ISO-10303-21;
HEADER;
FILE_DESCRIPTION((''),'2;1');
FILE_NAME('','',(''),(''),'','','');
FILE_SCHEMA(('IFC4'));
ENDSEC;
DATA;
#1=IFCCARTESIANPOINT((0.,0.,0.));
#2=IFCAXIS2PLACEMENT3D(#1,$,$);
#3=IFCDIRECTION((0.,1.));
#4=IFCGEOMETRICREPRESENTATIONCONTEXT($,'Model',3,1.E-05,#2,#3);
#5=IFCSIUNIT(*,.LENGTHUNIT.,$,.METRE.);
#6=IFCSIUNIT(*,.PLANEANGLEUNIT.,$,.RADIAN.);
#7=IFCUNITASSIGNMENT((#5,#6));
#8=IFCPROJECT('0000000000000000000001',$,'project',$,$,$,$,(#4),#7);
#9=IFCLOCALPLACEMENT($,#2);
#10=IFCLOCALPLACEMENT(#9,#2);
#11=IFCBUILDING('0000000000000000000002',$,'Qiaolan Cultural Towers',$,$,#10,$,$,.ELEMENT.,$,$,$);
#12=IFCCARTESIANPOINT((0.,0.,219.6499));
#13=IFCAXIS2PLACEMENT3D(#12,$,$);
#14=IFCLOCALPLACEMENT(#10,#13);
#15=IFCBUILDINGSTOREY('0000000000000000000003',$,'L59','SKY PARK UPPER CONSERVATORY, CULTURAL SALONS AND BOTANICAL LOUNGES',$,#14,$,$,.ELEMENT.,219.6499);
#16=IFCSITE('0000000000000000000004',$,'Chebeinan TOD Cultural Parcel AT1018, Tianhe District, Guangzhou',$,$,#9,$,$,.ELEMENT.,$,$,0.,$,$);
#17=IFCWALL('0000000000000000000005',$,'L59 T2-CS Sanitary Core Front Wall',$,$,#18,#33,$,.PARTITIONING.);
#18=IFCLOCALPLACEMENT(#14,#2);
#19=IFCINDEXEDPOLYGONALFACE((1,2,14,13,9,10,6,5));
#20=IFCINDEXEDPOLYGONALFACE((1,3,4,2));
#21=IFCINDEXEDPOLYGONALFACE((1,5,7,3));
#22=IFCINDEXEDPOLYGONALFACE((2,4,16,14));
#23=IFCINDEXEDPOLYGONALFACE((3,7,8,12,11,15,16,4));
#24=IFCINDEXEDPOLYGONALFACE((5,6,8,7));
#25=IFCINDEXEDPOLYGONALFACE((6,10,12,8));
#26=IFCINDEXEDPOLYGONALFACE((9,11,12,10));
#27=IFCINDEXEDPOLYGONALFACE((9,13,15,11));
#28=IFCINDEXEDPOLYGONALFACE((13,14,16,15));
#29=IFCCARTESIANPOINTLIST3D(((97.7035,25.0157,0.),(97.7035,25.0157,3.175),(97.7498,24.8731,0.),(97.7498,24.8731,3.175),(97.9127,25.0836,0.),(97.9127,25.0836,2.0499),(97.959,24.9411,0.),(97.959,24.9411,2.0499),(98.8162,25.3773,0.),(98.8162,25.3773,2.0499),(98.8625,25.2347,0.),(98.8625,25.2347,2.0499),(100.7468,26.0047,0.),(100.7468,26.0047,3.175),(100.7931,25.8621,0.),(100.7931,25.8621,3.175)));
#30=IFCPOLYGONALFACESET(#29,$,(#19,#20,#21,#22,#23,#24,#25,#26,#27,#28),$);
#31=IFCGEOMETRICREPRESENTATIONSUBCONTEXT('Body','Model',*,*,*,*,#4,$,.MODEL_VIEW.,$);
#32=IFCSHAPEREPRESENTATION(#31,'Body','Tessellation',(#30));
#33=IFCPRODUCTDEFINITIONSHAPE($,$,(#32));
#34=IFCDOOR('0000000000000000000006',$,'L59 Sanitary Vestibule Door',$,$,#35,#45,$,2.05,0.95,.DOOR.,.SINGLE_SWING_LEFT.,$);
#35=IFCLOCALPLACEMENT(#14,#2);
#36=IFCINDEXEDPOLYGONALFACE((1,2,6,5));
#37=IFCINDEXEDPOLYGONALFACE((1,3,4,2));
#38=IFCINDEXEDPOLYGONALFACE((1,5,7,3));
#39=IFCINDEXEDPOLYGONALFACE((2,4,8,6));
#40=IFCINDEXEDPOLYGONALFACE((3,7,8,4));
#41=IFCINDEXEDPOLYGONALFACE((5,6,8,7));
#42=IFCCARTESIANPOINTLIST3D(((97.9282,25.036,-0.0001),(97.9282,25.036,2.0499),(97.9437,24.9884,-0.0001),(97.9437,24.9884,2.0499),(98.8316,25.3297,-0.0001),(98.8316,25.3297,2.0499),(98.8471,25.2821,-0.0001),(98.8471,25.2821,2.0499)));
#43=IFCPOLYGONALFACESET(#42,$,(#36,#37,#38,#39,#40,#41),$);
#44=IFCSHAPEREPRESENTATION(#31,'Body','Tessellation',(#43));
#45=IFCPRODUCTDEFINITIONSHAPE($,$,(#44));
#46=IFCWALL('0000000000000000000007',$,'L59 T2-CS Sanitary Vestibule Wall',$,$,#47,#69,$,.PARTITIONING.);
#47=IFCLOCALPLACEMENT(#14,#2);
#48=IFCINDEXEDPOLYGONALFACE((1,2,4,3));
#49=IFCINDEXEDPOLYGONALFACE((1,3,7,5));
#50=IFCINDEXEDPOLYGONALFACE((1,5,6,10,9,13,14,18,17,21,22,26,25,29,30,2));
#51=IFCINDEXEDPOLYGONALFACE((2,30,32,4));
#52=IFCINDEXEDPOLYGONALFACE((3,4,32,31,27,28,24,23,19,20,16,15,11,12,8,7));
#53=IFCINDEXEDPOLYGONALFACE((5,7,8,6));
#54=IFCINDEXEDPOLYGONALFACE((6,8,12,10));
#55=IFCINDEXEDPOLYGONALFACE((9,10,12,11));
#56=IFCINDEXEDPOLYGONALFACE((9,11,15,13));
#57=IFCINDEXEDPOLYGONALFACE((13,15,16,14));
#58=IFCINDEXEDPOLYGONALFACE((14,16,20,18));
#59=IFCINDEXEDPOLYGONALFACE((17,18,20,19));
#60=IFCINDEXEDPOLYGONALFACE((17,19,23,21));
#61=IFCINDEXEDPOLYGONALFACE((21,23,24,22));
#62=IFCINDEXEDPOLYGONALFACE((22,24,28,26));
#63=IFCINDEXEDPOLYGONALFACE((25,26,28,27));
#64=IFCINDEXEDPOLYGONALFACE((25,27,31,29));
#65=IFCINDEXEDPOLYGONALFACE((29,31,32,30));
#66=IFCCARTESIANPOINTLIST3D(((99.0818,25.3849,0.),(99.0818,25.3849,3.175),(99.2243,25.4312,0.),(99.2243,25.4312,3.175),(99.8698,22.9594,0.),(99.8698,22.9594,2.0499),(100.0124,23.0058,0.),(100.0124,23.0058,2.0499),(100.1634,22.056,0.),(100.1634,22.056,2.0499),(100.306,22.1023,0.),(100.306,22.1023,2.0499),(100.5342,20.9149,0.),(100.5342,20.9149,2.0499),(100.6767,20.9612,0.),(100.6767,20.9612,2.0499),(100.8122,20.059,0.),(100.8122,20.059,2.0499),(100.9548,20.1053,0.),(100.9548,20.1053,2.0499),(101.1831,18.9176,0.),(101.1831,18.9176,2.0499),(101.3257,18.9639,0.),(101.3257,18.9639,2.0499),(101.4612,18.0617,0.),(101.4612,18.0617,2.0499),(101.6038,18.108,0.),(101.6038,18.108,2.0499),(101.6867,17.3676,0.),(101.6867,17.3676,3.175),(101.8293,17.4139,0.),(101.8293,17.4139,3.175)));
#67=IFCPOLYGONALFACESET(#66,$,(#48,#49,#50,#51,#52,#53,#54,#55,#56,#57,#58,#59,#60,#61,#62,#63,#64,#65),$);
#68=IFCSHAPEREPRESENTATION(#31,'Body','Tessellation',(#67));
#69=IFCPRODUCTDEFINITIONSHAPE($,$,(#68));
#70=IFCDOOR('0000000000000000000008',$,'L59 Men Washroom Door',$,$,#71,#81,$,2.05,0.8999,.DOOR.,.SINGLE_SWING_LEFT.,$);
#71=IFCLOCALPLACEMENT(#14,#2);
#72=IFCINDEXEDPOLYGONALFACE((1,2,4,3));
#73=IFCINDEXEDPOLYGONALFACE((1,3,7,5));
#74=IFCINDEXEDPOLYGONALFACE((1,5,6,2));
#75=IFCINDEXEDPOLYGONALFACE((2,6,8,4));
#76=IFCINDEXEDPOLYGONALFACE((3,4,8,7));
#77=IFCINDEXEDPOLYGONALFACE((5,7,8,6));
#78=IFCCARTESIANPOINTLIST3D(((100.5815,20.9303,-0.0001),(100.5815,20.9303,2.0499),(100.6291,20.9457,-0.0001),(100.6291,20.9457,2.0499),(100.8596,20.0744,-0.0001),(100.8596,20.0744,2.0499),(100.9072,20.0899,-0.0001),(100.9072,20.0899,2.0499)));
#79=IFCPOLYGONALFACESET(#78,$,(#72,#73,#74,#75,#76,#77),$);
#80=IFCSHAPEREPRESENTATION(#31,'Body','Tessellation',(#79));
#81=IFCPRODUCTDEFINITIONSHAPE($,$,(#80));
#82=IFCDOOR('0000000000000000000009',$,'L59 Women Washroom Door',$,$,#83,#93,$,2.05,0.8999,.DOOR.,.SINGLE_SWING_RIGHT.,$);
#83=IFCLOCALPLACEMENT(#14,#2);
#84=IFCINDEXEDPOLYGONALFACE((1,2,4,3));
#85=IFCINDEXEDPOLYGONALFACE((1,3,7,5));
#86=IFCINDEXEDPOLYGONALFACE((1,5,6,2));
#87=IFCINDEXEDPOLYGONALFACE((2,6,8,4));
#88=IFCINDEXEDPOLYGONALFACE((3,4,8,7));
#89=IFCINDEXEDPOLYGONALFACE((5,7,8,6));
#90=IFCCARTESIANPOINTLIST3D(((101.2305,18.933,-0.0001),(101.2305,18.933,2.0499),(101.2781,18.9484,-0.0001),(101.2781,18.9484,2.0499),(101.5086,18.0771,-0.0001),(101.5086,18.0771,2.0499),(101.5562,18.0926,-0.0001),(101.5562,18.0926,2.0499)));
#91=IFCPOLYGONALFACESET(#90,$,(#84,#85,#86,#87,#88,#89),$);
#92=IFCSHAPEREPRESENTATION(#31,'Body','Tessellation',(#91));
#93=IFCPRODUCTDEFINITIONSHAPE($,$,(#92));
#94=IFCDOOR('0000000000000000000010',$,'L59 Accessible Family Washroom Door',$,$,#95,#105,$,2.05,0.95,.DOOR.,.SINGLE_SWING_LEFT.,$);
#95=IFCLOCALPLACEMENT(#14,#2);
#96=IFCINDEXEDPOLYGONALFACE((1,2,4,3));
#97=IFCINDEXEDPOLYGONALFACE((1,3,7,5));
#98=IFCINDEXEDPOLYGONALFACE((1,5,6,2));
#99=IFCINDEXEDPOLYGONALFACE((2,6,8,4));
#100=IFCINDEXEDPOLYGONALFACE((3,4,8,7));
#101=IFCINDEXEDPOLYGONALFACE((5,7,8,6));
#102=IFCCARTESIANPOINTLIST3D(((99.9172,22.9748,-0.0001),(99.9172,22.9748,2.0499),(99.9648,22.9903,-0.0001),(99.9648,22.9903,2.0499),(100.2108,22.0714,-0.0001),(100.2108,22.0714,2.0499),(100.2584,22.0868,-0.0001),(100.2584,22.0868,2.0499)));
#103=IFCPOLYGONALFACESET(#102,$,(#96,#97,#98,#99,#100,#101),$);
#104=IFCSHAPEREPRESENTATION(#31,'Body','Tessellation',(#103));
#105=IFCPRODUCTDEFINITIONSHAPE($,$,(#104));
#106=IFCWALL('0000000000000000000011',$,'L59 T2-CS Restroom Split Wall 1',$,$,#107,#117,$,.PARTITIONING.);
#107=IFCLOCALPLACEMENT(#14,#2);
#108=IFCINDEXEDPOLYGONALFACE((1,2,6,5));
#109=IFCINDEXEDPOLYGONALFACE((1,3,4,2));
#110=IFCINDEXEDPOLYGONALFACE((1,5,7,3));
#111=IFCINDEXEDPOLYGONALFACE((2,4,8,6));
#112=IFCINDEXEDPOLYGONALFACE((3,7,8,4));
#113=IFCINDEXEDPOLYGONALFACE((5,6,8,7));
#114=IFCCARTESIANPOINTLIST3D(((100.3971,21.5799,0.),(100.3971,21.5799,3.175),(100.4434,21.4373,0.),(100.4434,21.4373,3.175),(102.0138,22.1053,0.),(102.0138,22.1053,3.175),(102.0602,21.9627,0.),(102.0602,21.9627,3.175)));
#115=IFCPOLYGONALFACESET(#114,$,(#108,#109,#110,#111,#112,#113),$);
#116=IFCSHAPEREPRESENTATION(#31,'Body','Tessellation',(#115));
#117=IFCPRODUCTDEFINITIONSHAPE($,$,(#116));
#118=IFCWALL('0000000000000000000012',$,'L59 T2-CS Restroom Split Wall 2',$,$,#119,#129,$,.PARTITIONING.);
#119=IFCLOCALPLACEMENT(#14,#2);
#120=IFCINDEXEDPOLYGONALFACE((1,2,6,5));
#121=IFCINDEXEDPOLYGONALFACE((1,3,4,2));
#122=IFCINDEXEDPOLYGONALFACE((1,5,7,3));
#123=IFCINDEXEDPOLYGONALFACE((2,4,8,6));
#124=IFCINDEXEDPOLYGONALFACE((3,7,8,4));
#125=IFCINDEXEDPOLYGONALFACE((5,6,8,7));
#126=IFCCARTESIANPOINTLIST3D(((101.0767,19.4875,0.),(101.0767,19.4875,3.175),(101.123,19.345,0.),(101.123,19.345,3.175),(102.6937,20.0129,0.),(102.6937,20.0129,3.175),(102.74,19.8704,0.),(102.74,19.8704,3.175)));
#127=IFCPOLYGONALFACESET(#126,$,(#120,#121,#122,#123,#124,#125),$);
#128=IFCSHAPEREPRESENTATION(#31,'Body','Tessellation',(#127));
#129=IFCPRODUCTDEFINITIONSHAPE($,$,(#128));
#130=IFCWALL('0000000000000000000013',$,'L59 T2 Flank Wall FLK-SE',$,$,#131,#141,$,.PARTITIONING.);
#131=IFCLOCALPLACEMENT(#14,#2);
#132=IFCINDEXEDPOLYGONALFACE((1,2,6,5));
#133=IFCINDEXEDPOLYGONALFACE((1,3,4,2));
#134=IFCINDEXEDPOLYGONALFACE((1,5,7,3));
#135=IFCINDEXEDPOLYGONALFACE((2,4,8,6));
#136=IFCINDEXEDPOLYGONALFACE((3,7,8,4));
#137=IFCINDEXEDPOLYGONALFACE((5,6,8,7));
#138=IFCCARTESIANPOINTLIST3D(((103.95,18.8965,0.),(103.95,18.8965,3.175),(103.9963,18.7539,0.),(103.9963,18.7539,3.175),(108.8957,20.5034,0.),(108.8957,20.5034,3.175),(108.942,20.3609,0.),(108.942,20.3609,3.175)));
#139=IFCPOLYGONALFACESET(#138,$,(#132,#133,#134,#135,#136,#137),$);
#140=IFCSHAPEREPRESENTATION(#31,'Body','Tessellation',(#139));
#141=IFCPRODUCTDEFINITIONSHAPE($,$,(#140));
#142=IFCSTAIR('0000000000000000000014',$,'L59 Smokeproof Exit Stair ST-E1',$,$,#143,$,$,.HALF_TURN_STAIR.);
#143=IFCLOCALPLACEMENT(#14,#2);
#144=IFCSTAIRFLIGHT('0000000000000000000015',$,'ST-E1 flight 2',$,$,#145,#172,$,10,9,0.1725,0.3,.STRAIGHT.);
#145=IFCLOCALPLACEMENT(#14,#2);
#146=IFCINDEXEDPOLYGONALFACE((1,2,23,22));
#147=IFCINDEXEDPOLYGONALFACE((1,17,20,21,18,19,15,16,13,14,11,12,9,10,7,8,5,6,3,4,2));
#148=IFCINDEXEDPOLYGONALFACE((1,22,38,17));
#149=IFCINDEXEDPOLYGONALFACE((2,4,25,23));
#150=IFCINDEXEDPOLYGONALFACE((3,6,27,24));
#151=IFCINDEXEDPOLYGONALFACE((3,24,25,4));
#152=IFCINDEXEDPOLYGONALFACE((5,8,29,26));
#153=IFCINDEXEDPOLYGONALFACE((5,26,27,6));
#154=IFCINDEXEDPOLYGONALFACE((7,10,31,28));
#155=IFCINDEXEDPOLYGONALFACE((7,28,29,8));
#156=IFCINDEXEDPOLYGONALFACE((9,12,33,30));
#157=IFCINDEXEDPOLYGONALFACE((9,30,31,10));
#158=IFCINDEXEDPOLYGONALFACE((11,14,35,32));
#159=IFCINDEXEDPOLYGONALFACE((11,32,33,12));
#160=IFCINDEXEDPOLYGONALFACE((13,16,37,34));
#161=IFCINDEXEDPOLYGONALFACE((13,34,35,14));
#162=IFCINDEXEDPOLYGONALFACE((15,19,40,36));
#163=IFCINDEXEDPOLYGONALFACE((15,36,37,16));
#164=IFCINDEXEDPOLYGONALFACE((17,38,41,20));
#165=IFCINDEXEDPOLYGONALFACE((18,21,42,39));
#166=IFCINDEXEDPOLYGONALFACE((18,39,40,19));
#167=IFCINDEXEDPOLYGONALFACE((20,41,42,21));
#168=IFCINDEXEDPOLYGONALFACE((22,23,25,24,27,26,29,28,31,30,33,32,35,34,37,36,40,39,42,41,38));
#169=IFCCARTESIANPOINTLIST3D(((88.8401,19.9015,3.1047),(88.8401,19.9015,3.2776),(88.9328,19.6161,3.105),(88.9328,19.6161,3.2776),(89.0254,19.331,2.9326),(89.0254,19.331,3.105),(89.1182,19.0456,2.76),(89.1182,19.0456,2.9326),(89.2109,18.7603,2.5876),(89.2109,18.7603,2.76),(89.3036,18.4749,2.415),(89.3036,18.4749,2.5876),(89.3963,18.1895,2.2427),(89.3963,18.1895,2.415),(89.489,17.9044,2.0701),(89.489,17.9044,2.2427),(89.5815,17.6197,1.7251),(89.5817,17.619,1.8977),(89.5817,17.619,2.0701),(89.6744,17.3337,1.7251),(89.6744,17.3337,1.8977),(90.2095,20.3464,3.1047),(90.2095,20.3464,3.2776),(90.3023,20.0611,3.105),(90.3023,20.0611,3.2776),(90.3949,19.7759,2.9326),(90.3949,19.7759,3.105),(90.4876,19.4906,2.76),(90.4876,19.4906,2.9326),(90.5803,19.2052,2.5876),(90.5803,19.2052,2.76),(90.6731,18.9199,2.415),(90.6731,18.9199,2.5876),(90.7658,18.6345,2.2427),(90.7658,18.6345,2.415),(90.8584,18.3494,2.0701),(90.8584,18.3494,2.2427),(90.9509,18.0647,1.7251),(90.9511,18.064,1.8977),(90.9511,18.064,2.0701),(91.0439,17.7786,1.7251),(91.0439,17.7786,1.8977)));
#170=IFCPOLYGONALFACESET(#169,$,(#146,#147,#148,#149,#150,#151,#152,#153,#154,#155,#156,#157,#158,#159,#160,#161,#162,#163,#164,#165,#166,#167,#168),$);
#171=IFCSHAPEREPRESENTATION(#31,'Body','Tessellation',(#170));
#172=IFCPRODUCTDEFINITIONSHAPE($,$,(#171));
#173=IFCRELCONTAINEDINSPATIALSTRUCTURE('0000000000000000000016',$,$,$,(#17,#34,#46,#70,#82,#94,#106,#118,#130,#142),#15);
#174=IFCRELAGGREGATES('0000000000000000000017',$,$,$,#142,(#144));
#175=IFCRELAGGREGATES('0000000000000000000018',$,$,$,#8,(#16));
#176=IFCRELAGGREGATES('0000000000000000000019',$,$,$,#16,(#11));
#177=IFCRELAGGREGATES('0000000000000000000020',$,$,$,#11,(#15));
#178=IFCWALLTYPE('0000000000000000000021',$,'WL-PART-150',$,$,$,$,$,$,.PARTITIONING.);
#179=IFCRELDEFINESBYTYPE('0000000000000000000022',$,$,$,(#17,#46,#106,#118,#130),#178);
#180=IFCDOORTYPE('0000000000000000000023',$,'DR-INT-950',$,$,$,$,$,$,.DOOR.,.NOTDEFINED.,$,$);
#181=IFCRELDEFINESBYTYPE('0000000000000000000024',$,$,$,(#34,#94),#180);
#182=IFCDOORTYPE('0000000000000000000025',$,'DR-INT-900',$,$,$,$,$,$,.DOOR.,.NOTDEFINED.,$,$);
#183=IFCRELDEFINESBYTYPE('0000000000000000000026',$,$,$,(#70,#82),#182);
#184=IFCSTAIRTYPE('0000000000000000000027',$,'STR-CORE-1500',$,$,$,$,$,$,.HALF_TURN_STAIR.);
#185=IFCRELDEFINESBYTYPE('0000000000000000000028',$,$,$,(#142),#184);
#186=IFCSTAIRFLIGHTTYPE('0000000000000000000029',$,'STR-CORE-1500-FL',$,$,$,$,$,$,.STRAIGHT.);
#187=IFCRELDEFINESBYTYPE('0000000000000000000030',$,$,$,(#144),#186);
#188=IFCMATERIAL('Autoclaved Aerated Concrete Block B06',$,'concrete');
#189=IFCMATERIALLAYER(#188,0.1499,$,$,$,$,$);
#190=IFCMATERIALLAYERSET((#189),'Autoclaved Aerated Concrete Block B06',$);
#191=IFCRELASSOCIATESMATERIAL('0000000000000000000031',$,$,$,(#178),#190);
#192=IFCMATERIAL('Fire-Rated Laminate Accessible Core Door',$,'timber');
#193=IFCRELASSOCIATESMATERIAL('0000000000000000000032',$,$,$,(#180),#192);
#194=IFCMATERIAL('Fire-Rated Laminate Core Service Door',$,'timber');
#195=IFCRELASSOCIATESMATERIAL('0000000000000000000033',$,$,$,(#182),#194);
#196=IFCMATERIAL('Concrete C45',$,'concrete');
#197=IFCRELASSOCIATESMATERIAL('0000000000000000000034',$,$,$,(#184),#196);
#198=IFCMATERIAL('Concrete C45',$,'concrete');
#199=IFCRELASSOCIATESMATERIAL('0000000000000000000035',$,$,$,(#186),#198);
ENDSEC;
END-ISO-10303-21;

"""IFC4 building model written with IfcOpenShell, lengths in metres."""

from ifc_helpers import new_model, si_unit, direction, frame, frame_2d, origin, place, context, subcontext, project, spatial, polyline, rectangle, outline, extrude, material, layer, layer_set, type_object, element, fill, aggregate, save


model = new_model("IFC4")

# Units and contexts
model_context = context("Model", 3, precision=1e-05, world=origin(), true_north=direction((0.0, 1.0)))
body_context = subcontext(model_context, "Body", "Model", "MODEL_VIEW")
ifc_project = project(units=[si_unit("LENGTHUNIT", "METRE"), si_unit("PLANEANGLEUNIT", "RADIAN")], contexts=[model_context])

# Site, building, storey
site_placement = place(None, origin())
site = spatial("IfcSite", under=ifc_project, at=site_placement, Name="Chebeinan TOD Cultural Parcel AT1018, Tianhe District, Guangzhou", CompositionType="ELEMENT", RefElevation=0.0)
building_placement = place(site_placement, origin())
building = spatial("IfcBuilding", under=site, at=building_placement, Name="Qiaolan Cultural Towers", CompositionType="ELEMENT")
storey_placement = place(building_placement, frame((0.0, 0.0, 219.6499)))
storey = spatial("IfcBuildingStorey", under=building, at=storey_placement, Name="L59", Description="SKY PARK UPPER CONSERVATORY, CULTURAL SALONS AND BOTANICAL LOUNGES", CompositionType="ELEMENT", Elevation=219.6499)

# Shared definitions
ifc_material_1 = material(Name="Autoclaved Aerated Concrete Block B06", Category="concrete")
ifc_layer_1 = layer(ifc_material_1, 0.1499)
ifc_layer_set_1 = layer_set([ifc_layer_1], Name="Autoclaved Aerated Concrete Block B06")
wall_type_1 = type_object("IfcWallType", Name="WL-PART-150", PredefinedType="PARTITIONING", material=ifc_layer_set_1)
ifc_material_2 = material(Name="Fire-Rated Laminate Accessible Core Door", Category="timber")
door_type_1 = type_object("IfcDoorType", Name="DR-INT-950", OperationType="NOTDEFINED", PredefinedType="DOOR", material=ifc_material_2)

# Wall, opening, door
wall_1_placement = place(storey_placement, frame((97.7266, 24.9443, 0.0), z_axis=(0.0, 0.0, 1.0), x_axis=(0.951037, 0.309077, 0.0)))
wall_1 = element("IfcWall", 1, at=wall_1_placement, inside=storey, type_object=wall_type_1, Name="L59 T2-CS Sanitary Core Front Wall", PredefinedType="PARTITIONING", context=body_context, shape_type="SweptSolid", body=[
    extrude(rectangle(XDim=3.2, YDim=0.1499, at=frame_2d((1.6001, 0.0))), origin(), (0.0, 0.0, 1.0), 3.175),
])
opening_1_placement = place(wall_1_placement, frame((0.22, 0.0, 0.0)))
opening_1 = element("IfcOpeningElement", 2, at=opening_1_placement, cuts=wall_1, PredefinedType="OPENING", context=body_context, shape_type="SweptSolid", body=[
    extrude(rectangle(XDim=0.95, YDim=2.05, at=frame_2d((0.4751, 1.0249))), frame((0.0, 0.085, 0.0), z_axis=(0.0, -1.0, 0.0), x_axis=(1.0, 0.0, 0.0)), (0.0, 0.0, 1.0), 0.1699),
])
door_1_placement = place(opening_1_placement, origin())
door_1 = element("IfcDoor", 3, at=door_1_placement, inside=storey, type_object=door_type_1, Name="L59 Sanitary Vestibule Door", OperationType="SINGLE_SWING_LEFT", OverallHeight=2.05, OverallWidth=0.95, PredefinedType="DOOR", context=body_context, shape_type="SweptSolid", body=[
    extrude(rectangle(XDim=0.95, YDim=2.05, at=frame_2d((0.4751, 1.0249))), frame((0.0, 0.0249, 0.0), z_axis=(0.0, -1.0, 0.0), x_axis=(1.0, 0.0, 0.0)), (0.0, 0.0, 1.0), 0.05),
])
fill(opening_1, door_1)

# Wall, openings, doors
wall_2_placement = place(storey_placement, frame((99.1531, 25.408, 0.0), z_axis=(0.0, 0.0, 1.0), x_axis=(0.309016, -0.951057, 0.0)))
wall_2 = element("IfcWall", 4, at=wall_2_placement, inside=storey, type_object=wall_type_1, Name="L59 T2-CS Sanitary Vestibule Wall", PredefinedType="PARTITIONING", context=body_context, shape_type="SweptSolid", body=[
    extrude(rectangle(XDim=8.4299, YDim=0.1499, at=frame_2d((4.2148, 0.0))), origin(), (0.0, 0.0, 1.0), 3.175),
])
opening_2_placement = place(wall_2_placement, frame((2.55, 0.0, 0.0)))
opening_2 = element("IfcOpeningElement", 5, at=opening_2_placement, cuts=wall_2, PredefinedType="OPENING", context=body_context, shape_type="SweptSolid", body=[
    extrude(rectangle(XDim=0.95, YDim=2.05, at=frame_2d((0.4751, 1.0249))), frame((0.0, 0.085, 0.0), z_axis=(0.0, -1.0, 0.0), x_axis=(1.0, 0.0, 0.0)), (0.0, 0.0, 1.0), 0.1699),
])
opening_3_placement = place(wall_2_placement, frame((4.7, 0.0, 0.0)))
opening_3 = element("IfcOpeningElement", 6, at=opening_3_placement, cuts=wall_2, PredefinedType="OPENING", context=body_context, shape_type="SweptSolid", body=[
    extrude(rectangle(XDim=0.8999, YDim=2.05, at=frame_2d((0.45, 1.0249))), frame((0.0, 0.085, 0.0), z_axis=(0.0, -1.0, 0.0), x_axis=(1.0, 0.0, 0.0)), (0.0, 0.0, 1.0), 0.1699),
])
opening_4_placement = place(wall_2_placement, frame((6.8, 0.0, 0.0)))
opening_4 = element("IfcOpeningElement", 7, at=opening_4_placement, cuts=wall_2, PredefinedType="OPENING", context=body_context, shape_type="SweptSolid", body=[
    extrude(rectangle(XDim=0.8999, YDim=2.05, at=frame_2d((0.45, 1.0249))), frame((0.0, 0.085, 0.0), z_axis=(0.0, -1.0, 0.0), x_axis=(1.0, 0.0, 0.0)), (0.0, 0.0, 1.0), 0.1699),
])
ifc_material_3 = material(Name="Fire-Rated Laminate Core Service Door", Category="timber")
door_type_2 = type_object("IfcDoorType", Name="DR-INT-900", OperationType="NOTDEFINED", PredefinedType="DOOR", material=ifc_material_3)
door_2_placement = place(opening_3_placement, origin())
door_2 = element("IfcDoor", 8, at=door_2_placement, inside=storey, type_object=door_type_2, Name="L59 Men Washroom Door", OperationType="SINGLE_SWING_LEFT", OverallHeight=2.05, OverallWidth=0.8999, PredefinedType="DOOR", context=body_context, shape_type="SweptSolid", body=[
    extrude(rectangle(XDim=0.8999, YDim=2.05, at=frame_2d((0.45, 1.0249))), frame((0.0, 0.0249, 0.0), z_axis=(0.0, -1.0, 0.0), x_axis=(1.0, 0.0, 0.0)), (0.0, 0.0, 1.0), 0.05),
])
fill(opening_3, door_2)
door_3_placement = place(opening_4_placement, origin())
door_3 = element("IfcDoor", 9, at=door_3_placement, inside=storey, type_object=door_type_2, Name="L59 Women Washroom Door", OperationType="SINGLE_SWING_RIGHT", OverallHeight=2.05, OverallWidth=0.8999, PredefinedType="DOOR", context=body_context, shape_type="SweptSolid", body=[
    extrude(rectangle(XDim=0.8999, YDim=2.05, at=frame_2d((0.45, 1.0249))), frame((0.0, 0.0249, 0.0), z_axis=(0.0, -1.0, 0.0), x_axis=(1.0, 0.0, 0.0)), (0.0, 0.0, 1.0), 0.05),
])
fill(opening_4, door_3)
door_4_placement = place(opening_2_placement, origin())
door_4 = element("IfcDoor", 10, at=door_4_placement, inside=storey, type_object=door_type_1, Name="L59 Accessible Family Washroom Door", OperationType="SINGLE_SWING_LEFT", OverallHeight=2.05, OverallWidth=0.95, PredefinedType="DOOR", context=body_context, shape_type="SweptSolid", body=[
    extrude(rectangle(XDim=0.95, YDim=2.05, at=frame_2d((0.4751, 1.0249))), frame((0.0, 0.0249, 0.0), z_axis=(0.0, -1.0, 0.0), x_axis=(1.0, 0.0, 0.0)), (0.0, 0.0, 1.0), 0.05),
])
fill(opening_2, door_4)

# Walls
wall_3_placement = place(storey_placement, frame((100.4202, 21.5085, 0.0), z_axis=(0.0, 0.0, 1.0), x_axis=(0.95104, 0.309067, 0.0)))
element("IfcWall", 11, at=wall_3_placement, inside=storey, type_object=wall_type_1, Name="L59 T2-CS Restroom Split Wall 1", PredefinedType="PARTITIONING", context=body_context, shape_type="SweptSolid", body=[
    extrude(rectangle(XDim=1.7, YDim=0.1499, at=frame_2d((0.8501, 0.0))), origin(), (0.0, 0.0, 1.0), 3.175),
])
wall_4_placement = place(storey_placement, frame((101.0999, 19.4163, 0.0), z_axis=(0.0, 0.0, 1.0), x_axis=(0.951054, 0.309024, 0.0)))
element("IfcWall", 12, at=wall_4_placement, inside=storey, type_object=wall_type_1, Name="L59 T2-CS Restroom Split Wall 2", PredefinedType="PARTITIONING", context=body_context, shape_type="SweptSolid", body=[
    extrude(rectangle(XDim=1.7002, YDim=0.1499, at=frame_2d((0.8501, 0.0))), origin(), (0.0, 0.0, 1.0), 3.175),
])
wall_5_placement = place(storey_placement, frame((103.9731, 18.8252, 0.0), z_axis=(0.0, 0.0, 1.0), x_axis=(0.951055, 0.309021, 0.0)))
element("IfcWall", 13, at=wall_5_placement, inside=storey, type_object=wall_type_1, Name="L59 T2 Flank Wall FLK-SE", PredefinedType="PARTITIONING", context=body_context, shape_type="SweptSolid", body=[
    extrude(rectangle(XDim=5.2002, YDim=0.1499, at=frame_2d((2.6001, 0.0))), origin(), (0.0, 0.0, 1.0), 3.175),
])

# Stair, stair flight
ifc_material_4 = material(Name="Concrete C45", Category="concrete")
stair_type = type_object("IfcStairType", Name="STR-CORE-1500", PredefinedType="HALF_TURN_STAIR", material=ifc_material_4)
stair_placement = place(storey_placement, origin())
stair = element("IfcStair", 14, at=stair_placement, inside=storey, type_object=stair_type, Name="L59 Smokeproof Exit Stair ST-E1", PredefinedType="HALF_TURN_STAIR")
ifc_material_5 = material(Name="Concrete C45", Category="concrete")
stair_flight_type = type_object("IfcStairFlightType", Name="STR-CORE-1500-FL", PredefinedType="STRAIGHT", material=ifc_material_5)
stair_flight_placement = place(storey_placement, frame((90.3591, 17.5562, 1.7251), z_axis=(0.0, 0.0, 1.0), x_axis=(-0.309017, 0.951057, 0.0)))
stair_flight = element("IfcStairFlight", 15, at=stair_flight_placement, type_object=stair_flight_type, Name="ST-E1 flight 2", NumberOfRisers=10, NumberOfTreads=9, PredefinedType="STRAIGHT", RiserHeight=0.1725, TreadLength=0.3, context=body_context, shape_type="SweptSolid", body=[
    extrude(outline(polyline([(0.0, 0.0), (0.0, 0.1726), (0.3, 0.1726), (0.3, 0.345), (0.6001, 0.345), (0.6001, 0.5176), (0.8999, 0.5176), (0.8999, 0.6899), (1.2, 0.6899), (1.2, 0.8625), (1.5, 0.8625), (1.5, 1.0349), (1.8, 1.0349), (1.8, 1.2075), (2.1001, 1.2075), (2.1001, 1.3799), (2.3999, 1.3799), (2.3999, 1.5525), (2.7, 1.5525), (2.7, 1.7251), (2.7, 1.3796), (0.3008, 0.0), (0.0, 0.0)])), frame((0.0, 0.72, 0.0), z_axis=(0.0, -1.0, 0.0), x_axis=(1.0, 0.0, 0.0)), (0.0, 0.0, 1.0), 1.4399),
])
aggregate(stair, [stair_flight])

save(model, "model.ifc")
